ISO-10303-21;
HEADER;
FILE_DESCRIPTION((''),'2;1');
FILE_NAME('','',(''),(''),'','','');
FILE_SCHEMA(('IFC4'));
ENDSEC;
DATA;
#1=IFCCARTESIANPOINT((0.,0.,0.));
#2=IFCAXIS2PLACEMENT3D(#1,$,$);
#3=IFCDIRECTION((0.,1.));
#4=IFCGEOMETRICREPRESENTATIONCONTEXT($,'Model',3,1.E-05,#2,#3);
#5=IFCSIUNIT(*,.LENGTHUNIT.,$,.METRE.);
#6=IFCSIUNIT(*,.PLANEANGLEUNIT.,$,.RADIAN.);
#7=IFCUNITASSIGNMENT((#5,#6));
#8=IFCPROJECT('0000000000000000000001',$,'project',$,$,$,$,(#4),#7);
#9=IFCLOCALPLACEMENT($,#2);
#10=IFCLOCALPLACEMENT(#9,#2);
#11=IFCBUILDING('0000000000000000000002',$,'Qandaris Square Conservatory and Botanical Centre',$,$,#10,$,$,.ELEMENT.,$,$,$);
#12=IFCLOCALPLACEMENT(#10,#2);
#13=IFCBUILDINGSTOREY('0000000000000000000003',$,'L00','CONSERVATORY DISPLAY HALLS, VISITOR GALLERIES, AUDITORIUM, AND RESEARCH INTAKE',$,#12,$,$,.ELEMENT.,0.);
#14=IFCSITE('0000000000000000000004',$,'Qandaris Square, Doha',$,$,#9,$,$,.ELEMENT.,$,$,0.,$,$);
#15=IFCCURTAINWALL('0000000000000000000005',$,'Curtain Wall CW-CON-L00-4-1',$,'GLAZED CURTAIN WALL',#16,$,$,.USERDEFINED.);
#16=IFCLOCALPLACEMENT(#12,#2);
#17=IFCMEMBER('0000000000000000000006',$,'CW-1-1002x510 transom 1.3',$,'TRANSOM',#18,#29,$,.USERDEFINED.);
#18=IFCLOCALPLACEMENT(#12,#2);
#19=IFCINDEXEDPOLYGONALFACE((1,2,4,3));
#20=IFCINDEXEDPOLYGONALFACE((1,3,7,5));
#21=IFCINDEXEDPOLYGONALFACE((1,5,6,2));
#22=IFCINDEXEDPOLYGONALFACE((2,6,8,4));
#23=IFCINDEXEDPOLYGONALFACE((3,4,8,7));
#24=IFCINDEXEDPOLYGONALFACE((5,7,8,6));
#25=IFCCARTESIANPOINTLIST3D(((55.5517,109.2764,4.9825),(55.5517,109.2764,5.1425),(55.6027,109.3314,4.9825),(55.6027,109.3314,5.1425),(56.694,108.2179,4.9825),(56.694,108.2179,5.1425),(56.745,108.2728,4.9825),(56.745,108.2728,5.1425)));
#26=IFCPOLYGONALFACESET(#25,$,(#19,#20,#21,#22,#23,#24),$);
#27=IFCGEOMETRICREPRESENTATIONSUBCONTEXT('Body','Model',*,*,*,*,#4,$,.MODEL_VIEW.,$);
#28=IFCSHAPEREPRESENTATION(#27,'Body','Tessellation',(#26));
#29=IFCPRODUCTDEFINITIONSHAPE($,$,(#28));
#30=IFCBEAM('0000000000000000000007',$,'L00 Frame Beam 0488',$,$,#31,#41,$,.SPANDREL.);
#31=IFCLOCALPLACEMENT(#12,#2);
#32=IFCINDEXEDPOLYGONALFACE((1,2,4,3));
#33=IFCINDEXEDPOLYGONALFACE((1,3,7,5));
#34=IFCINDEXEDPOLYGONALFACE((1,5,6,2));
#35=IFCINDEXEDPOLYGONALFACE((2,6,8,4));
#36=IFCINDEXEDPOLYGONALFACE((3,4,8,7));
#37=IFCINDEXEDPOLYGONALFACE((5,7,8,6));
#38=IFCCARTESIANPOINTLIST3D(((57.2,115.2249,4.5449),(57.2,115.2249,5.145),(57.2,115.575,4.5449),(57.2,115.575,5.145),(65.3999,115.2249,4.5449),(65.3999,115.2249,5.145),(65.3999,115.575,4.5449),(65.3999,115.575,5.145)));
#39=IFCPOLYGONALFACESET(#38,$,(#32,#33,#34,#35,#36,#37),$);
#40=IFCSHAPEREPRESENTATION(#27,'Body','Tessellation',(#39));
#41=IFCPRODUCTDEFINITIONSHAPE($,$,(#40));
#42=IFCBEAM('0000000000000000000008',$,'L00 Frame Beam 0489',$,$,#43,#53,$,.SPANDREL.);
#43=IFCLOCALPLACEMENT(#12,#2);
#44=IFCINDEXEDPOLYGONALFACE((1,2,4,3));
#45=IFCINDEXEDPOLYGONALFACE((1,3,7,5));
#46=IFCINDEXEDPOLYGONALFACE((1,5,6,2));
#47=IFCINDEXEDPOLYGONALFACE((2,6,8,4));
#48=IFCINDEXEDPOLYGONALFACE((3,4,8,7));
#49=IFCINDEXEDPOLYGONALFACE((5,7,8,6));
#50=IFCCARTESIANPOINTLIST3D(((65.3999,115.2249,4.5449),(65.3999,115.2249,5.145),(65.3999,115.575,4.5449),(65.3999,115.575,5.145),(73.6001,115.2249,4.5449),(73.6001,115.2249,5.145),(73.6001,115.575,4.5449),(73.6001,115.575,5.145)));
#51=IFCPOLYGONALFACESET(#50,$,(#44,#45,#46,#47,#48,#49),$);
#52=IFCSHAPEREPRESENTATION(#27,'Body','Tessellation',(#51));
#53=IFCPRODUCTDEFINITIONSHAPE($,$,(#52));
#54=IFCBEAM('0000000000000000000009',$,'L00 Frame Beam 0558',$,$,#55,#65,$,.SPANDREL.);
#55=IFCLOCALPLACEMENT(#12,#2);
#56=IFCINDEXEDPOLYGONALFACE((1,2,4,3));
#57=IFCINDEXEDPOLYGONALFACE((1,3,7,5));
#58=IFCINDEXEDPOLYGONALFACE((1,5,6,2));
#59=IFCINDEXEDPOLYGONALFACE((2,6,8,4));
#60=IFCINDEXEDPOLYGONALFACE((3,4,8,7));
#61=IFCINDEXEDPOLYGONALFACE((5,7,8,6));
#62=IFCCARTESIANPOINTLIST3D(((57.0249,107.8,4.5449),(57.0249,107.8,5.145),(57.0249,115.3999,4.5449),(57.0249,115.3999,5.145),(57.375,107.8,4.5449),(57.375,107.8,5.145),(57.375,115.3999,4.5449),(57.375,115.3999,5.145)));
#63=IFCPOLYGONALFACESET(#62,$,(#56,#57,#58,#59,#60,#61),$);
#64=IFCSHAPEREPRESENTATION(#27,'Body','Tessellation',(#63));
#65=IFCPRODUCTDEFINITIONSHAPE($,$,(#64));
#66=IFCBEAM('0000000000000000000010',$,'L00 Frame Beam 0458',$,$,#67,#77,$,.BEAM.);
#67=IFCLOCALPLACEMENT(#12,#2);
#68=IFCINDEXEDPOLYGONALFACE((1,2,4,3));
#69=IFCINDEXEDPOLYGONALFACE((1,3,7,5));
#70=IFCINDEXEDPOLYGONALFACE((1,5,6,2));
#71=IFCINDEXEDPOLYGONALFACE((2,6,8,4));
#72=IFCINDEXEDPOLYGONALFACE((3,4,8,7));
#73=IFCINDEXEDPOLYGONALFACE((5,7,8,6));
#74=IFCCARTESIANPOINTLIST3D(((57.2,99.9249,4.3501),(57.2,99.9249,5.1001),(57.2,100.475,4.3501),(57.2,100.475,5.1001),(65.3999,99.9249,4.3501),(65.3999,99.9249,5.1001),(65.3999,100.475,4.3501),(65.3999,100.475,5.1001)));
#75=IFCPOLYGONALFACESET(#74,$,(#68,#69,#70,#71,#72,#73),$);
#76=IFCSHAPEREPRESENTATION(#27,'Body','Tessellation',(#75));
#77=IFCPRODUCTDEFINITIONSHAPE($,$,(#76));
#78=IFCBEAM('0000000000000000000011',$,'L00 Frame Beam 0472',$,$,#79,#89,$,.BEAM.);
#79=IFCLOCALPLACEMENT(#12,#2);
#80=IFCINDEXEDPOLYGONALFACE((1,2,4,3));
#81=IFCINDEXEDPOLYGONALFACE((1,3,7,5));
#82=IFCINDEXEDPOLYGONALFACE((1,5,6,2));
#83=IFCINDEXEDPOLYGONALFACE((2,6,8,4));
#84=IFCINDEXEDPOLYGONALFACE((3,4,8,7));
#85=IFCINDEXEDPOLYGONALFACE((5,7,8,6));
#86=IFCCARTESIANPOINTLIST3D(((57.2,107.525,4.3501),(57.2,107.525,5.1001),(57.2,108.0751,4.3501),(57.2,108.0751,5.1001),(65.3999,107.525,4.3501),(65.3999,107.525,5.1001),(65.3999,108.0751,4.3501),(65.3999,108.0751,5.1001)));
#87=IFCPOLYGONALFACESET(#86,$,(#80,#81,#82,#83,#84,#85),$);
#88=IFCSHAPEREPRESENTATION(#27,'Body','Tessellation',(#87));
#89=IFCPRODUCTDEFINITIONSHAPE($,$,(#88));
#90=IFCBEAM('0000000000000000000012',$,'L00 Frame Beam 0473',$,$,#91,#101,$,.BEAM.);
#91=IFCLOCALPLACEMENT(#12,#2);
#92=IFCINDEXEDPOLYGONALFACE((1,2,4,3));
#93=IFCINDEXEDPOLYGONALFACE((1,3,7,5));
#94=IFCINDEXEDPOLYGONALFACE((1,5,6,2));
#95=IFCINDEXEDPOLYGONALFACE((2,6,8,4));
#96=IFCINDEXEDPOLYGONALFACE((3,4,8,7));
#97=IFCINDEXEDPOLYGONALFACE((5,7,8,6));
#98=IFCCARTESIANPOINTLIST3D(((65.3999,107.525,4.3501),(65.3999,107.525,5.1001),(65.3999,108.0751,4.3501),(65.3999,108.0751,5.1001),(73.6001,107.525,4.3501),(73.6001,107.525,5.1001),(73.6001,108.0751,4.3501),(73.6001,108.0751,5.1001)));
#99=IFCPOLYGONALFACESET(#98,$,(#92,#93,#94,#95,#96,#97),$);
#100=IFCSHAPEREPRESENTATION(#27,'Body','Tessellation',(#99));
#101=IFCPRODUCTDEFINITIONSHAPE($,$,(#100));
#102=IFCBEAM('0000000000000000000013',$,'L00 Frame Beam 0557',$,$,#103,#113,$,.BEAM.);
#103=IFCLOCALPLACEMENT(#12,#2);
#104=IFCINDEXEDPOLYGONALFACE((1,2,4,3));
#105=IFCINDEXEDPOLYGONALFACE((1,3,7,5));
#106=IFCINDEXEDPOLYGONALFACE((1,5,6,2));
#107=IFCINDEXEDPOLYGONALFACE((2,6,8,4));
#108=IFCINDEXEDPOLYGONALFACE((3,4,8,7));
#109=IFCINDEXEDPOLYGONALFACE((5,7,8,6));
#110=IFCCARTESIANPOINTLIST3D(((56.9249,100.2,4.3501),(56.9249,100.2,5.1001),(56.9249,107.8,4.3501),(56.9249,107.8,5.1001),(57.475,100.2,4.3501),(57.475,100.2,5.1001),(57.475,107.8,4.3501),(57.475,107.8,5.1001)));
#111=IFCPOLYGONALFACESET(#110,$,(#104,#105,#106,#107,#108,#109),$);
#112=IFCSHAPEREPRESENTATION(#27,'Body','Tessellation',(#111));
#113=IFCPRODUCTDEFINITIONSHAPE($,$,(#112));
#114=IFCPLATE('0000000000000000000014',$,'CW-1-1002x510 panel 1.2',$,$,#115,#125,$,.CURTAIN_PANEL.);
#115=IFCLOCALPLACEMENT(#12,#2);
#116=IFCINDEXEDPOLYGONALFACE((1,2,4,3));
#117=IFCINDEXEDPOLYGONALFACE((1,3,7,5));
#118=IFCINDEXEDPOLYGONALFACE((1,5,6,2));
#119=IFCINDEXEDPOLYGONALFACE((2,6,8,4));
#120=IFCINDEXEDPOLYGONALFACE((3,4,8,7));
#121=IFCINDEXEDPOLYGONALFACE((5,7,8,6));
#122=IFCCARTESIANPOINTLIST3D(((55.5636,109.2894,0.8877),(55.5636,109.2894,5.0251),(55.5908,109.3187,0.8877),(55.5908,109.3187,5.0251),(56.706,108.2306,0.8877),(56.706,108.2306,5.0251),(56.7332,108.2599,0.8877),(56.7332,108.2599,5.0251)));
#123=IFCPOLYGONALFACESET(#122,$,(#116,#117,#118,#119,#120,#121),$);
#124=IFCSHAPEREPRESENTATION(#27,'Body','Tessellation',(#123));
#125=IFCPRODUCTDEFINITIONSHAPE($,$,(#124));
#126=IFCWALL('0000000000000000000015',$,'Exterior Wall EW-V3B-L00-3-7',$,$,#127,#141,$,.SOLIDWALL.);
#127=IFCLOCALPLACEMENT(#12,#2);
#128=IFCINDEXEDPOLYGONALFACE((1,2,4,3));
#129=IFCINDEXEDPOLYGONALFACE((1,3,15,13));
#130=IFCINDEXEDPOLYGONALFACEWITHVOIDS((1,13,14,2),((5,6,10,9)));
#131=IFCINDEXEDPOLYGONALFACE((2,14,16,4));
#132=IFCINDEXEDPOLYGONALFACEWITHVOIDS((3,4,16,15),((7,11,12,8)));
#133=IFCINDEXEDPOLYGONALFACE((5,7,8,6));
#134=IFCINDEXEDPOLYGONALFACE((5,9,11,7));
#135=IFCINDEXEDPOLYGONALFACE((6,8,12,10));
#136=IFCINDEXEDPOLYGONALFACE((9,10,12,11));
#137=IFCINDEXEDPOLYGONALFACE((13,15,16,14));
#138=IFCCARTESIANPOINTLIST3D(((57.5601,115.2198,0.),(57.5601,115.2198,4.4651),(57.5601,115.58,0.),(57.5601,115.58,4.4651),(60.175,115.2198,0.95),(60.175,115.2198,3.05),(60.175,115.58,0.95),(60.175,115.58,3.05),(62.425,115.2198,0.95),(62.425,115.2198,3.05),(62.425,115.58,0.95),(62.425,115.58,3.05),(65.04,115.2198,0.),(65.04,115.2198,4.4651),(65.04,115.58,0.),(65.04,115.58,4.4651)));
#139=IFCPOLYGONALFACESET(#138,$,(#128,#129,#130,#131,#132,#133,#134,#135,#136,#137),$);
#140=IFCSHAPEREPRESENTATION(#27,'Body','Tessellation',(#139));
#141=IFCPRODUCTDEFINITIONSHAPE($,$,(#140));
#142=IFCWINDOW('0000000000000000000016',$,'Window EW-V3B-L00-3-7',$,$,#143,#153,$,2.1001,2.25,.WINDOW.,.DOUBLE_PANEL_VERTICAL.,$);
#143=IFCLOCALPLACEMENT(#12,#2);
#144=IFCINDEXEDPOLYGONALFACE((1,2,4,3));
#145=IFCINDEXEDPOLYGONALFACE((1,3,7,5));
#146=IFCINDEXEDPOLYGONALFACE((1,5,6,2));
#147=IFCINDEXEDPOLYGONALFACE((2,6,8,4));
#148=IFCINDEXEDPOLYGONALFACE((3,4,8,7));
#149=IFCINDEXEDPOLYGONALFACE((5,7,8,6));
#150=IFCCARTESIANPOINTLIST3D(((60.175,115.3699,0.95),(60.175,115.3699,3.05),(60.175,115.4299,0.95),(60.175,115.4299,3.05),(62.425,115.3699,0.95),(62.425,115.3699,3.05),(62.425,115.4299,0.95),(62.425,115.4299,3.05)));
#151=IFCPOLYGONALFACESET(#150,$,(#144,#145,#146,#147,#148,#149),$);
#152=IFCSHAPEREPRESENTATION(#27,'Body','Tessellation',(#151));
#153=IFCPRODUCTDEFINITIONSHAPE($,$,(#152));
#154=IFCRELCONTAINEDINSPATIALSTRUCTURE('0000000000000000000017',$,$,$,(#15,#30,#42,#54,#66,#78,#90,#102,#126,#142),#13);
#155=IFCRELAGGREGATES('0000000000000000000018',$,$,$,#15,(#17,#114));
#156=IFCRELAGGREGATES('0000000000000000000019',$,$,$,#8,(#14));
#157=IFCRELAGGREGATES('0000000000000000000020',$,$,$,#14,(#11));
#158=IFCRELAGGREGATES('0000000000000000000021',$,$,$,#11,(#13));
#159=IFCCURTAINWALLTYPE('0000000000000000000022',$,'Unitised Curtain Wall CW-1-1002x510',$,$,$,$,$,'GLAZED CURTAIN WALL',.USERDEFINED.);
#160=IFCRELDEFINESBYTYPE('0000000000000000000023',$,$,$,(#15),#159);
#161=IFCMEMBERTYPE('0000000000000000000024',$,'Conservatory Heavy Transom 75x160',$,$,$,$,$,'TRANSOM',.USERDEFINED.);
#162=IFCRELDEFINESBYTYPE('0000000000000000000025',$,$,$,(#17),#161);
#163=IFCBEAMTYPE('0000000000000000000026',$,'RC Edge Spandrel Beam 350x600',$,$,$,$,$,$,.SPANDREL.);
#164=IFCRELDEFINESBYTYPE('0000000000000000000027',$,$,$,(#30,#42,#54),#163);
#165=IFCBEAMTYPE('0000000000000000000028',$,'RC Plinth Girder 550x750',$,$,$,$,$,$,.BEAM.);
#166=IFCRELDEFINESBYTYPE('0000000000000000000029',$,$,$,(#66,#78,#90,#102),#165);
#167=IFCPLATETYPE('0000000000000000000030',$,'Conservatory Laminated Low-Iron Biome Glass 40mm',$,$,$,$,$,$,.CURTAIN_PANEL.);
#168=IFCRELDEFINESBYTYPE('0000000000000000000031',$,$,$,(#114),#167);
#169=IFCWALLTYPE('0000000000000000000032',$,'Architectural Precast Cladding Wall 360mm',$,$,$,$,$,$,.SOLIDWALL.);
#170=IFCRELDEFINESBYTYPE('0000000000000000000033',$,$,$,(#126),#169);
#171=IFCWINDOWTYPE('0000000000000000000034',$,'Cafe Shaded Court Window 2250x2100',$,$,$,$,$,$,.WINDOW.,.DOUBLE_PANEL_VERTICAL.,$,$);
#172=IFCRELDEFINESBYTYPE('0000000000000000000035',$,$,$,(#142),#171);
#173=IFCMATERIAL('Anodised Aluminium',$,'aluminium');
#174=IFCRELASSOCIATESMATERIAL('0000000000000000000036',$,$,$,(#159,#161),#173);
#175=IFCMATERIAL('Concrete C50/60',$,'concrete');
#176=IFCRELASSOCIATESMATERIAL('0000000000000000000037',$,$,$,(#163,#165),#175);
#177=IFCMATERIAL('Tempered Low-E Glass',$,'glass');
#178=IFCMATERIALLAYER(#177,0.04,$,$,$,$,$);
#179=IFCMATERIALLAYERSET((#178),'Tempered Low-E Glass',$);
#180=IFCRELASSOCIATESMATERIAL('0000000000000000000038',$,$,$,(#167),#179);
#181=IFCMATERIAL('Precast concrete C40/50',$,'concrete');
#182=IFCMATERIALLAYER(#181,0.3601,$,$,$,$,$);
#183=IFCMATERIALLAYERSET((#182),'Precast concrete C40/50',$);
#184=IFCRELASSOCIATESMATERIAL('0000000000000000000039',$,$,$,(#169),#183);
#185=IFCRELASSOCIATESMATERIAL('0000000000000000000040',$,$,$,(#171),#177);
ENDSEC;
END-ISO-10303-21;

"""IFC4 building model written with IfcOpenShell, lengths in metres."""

from ifc_helpers import new_model, si_unit, direction, frame, frame_2d, origin, origin_2d, place, context, subcontext, project, spatial, rectangle, extrude, material, layer, layer_set, material_profile, profile_set, type_object, element, fill, aggregate, save


model = new_model("IFC4")

# Units and contexts
model_context = context("Model", 3, precision=1e-05, world=origin(), true_north=direction((0.0, 1.0)))
body_context = subcontext(model_context, "Body", "Model", "MODEL_VIEW")
ifc_project = project(units=[si_unit("LENGTHUNIT", "METRE"), si_unit("PLANEANGLEUNIT", "RADIAN")], contexts=[model_context])

# Site, building, storey
site_placement = place(None, origin())
site = spatial("IfcSite", under=ifc_project, at=site_placement, Name="Qandaris Square, Doha", CompositionType="ELEMENT", RefElevation=0.0)
building_placement = place(site_placement, origin())
building = spatial("IfcBuilding", under=site, at=building_placement, Name="Qandaris Square Conservatory and Botanical Centre", CompositionType="ELEMENT")
storey_placement = place(building_placement, origin())
storey = spatial("IfcBuildingStorey", under=building, at=storey_placement, Name="L00", Description="CONSERVATORY DISPLAY HALLS, VISITOR GALLERIES, AUDITORIUM, AND RESEARCH INTAKE", CompositionType="ELEMENT", Elevation=0.0)

# Shared definitions
ifc_material_1 = material(Name="Concrete C50/60", Category="concrete")

# Curtain wall, member
ifc_material_2 = material(Name="Anodised Aluminium", Category="aluminium")
curtain_wall_type = type_object("IfcCurtainWallType", Name="Unitised Curtain Wall CW-1-1002x510", ElementType="GLAZED CURTAIN WALL", PredefinedType="USERDEFINED", material=ifc_material_2)
curtain_wall_placement = place(storey_placement, origin())
curtain_wall = element("IfcCurtainWall", 1, at=curtain_wall_placement, inside=storey, type_object=curtain_wall_type, Name="Curtain Wall CW-CON-L00-4-1", ObjectType="GLAZED CURTAIN WALL", PredefinedType="USERDEFINED")
ifc_material_profile_1 = material_profile(ifc_material_2, rectangle(XDim=0.075, YDim=0.1599, at=origin_2d()), Name="ALU-TRN 75x160")
ifc_profile_set_1 = profile_set([ifc_material_profile_1], Name="Anodised Aluminium")
member_type_1 = type_object("IfcMemberType", Name="Conservatory Heavy Transom 75x160", ElementType="TRANSOM", PredefinedType="USERDEFINED", material=ifc_profile_set_1)
member_1_placement = place(storey_placement, frame((56.7195, 108.2454, 5.0625), z_axis=(-0.73348, 0.679711, 0.0), x_axis=(-0.679711, -0.73348, 0.0)))
member_1 = element("IfcMember", 2, at=member_1_placement, type_object=member_type_1, Name="CW-1-1002x510 transom 1.3", ObjectType="TRANSOM", PredefinedType="USERDEFINED", context=body_context, shape_type="SweptSolid", body=[
    extrude(rectangle(XDim=0.075, YDim=0.1599, at=origin_2d()), origin(), (0.0, 0.0, 1.0), 1.5574),
])

# Beams
ifc_material_profile_2 = material_profile(ifc_material_1, rectangle(XDim=0.3501, YDim=0.6001, at=origin_2d()), Name="RC-SP 350x600")
ifc_profile_set_2 = profile_set([ifc_material_profile_2], Name="Concrete C50/60")
beam_type_1 = type_object("IfcBeamType", Name="RC Edge Spandrel Beam 350x600", PredefinedType="SPANDREL", material=ifc_profile_set_2)
beam_1_placement = place(storey_placement, frame((57.2, 115.3999, 4.845), z_axis=(1.0, 0.0, 0.0), x_axis=(0.0, 1.0, 0.0)))
element("IfcBeam", 3, at=beam_1_placement, inside=storey, type_object=beam_type_1, Name="L00 Frame Beam 0488", PredefinedType="SPANDREL", context=body_context, shape_type="SweptSolid", body=[
    extrude(rectangle(XDim=0.3501, YDim=0.6001, at=origin_2d()), origin(), (0.0, 0.0, 1.0), 8.2),
])
beam_2_placement = place(storey_placement, frame((65.3999, 115.3999, 4.845), z_axis=(1.0, 0.0, 0.0), x_axis=(0.0, 1.0, 0.0)))
element("IfcBeam", 4, at=beam_2_placement, inside=storey, type_object=beam_type_1, Name="L00 Frame Beam 0489", PredefinedType="SPANDREL", context=body_context, shape_type="SweptSolid", body=[
    extrude(rectangle(XDim=0.3501, YDim=0.6001, at=origin_2d()), origin(), (0.0, 0.0, 1.0), 8.2002),
])
beam_3_placement = place(storey_placement, frame((57.2, 107.8, 4.845), z_axis=(0.0, 1.0, 0.0), x_axis=(-1.0, 0.0, 0.0)))
element("IfcBeam", 5, at=beam_3_placement, inside=storey, type_object=beam_type_1, Name="L00 Frame Beam 0558", PredefinedType="SPANDREL", context=body_context, shape_type="SweptSolid", body=[
    extrude(rectangle(XDim=0.3501, YDim=0.6001, at=origin_2d()), origin(), (0.0, 0.0, 1.0), 7.5999),
])
ifc_material_profile_3 = material_profile(ifc_material_1, rectangle(XDim=0.55, YDim=0.75, at=origin_2d()), Name="RC-BM 550x750")
ifc_profile_set_3 = profile_set([ifc_material_profile_3], Name="Concrete C50/60")
beam_type_2 = type_object("IfcBeamType", Name="RC Plinth Girder 550x750", PredefinedType="BEAM", material=ifc_profile_set_3)
for number, where, z_axis, x_axis, name in (
    (6, (57.2, 100.2, 4.7251), (1.0, 0.0, 0.0), (0.0, 1.0, 0.0), "L00 Frame Beam 0458"),
    (7, (57.2, 107.8, 4.7251), (1.0, 0.0, 0.0), (0.0, 1.0, 0.0), "L00 Frame Beam 0472"),
):
    element("IfcBeam", number, at=place(storey_placement, frame(where, z_axis=z_axis, x_axis=x_axis)), inside=storey, type_object=beam_type_2, Name=name, PredefinedType="BEAM", context=body_context, shape_type="SweptSolid", body=[
        extrude(rectangle(XDim=0.55, YDim=0.75, at=origin_2d()), origin(), (0.0, 0.0, 1.0), 8.2),
    ])
beam_4_placement = place(storey_placement, frame((65.3999, 107.8, 4.7251), z_axis=(1.0, 0.0, 0.0), x_axis=(0.0, 1.0, 0.0)))
element("IfcBeam", 8, at=beam_4_placement, inside=storey, type_object=beam_type_2, Name="L00 Frame Beam 0473", PredefinedType="BEAM", context=body_context, shape_type="SweptSolid", body=[
    extrude(rectangle(XDim=0.55, YDim=0.75, at=origin_2d()), origin(), (0.0, 0.0, 1.0), 8.2002),
])
beam_5_placement = place(storey_placement, frame((57.2, 100.2, 4.7251), z_axis=(0.0, 1.0, 0.0), x_axis=(-1.0, 0.0, 0.0)))
element("IfcBeam", 9, at=beam_5_placement, inside=storey, type_object=beam_type_2, Name="L00 Frame Beam 0557", PredefinedType="BEAM", context=body_context, shape_type="SweptSolid", body=[
    extrude(rectangle(XDim=0.55, YDim=0.75, at=origin_2d()), origin(), (0.0, 0.0, 1.0), 7.6001),
])

# Plate
ifc_material_3 = material(Name="Tempered Low-E Glass", Category="glass")
ifc_layer_1 = layer(ifc_material_3, 0.04)
ifc_layer_set_1 = layer_set([ifc_layer_1], Name="Tempered Low-E Glass")
plate_type = type_object("IfcPlateType", Name="Conservatory Laminated Low-Iron Biome Glass 40mm", PredefinedType="CURTAIN_PANEL", material=ifc_layer_set_1)
plate_placement = place(storey_placement, frame((56.1484, 108.7747, 0.8877), z_axis=(0.0, 0.0, 1.0), x_axis=(-0.733433, 0.679762, 0.0)))
plate = element("IfcPlate", 10, at=plate_placement, type_object=plate_type, Name="CW-1-1002x510 panel 1.2", PredefinedType="CURTAIN_PANEL", context=body_context, shape_type="SweptSolid", body=[
    extrude(rectangle(XDim=1.5576, YDim=0.04, at=origin_2d()), origin(), (0.0, 0.0, 1.0), 4.1375),
])
aggregate(curtain_wall, [member_1, plate])

# Wall, opening, window
ifc_material_4 = material(Name="Precast concrete C40/50", Category="concrete")
ifc_layer_2 = layer(ifc_material_4, 0.3601)
ifc_layer_set_2 = layer_set([ifc_layer_2], Name="Precast concrete C40/50")
wall_type = type_object("IfcWallType", Name="Architectural Precast Cladding Wall 360mm", PredefinedType="SOLIDWALL", material=ifc_layer_set_2)
wall_placement = place(storey_placement, frame((65.04, 115.3999, 0.0), z_axis=(0.0, 0.0, 1.0), x_axis=(-1.0, 0.0, 0.0)))
wall = element("IfcWall", 11, at=wall_placement, inside=storey, type_object=wall_type, Name="Exterior Wall EW-V3B-L00-3-7", PredefinedType="SOLIDWALL", context=body_context, shape_type="SweptSolid", body=[
    extrude(rectangle(XDim=7.48, YDim=0.3601, at=frame_2d((3.74, 0.0))), origin(), (0.0, 0.0, 1.0), 4.4651),
])
opening_placement = place(wall_placement, frame((2.615, 0.0, 0.95)))
opening = element("IfcOpeningElement", 12, at=opening_placement, cuts=wall, PredefinedType="OPENING", context=body_context, shape_type="SweptSolid", body=[
    extrude(rectangle(XDim=2.25, YDim=2.1001, at=frame_2d((1.125, 1.05))), frame((0.0, 0.1919, 0.0), z_axis=(0.0, -1.0, 0.0), x_axis=(1.0, 0.0, 0.0)), (0.0, 0.0, 1.0), 0.384),
])
window_type = type_object("IfcWindowType", Name="Cafe Shaded Court Window 2250x2100", PartitioningType="DOUBLE_PANEL_VERTICAL", PredefinedType="WINDOW", material=ifc_material_3)
window_placement = place(opening_placement, origin())
window = element("IfcWindow", 13, at=window_placement, inside=storey, type_object=window_type, Name="Window EW-V3B-L00-3-7", OverallHeight=2.1001, OverallWidth=2.25, PartitioningType="DOUBLE_PANEL_VERTICAL", PredefinedType="WINDOW", context=body_context, shape_type="SweptSolid", body=[
    extrude(rectangle(XDim=2.25, YDim=2.1001, at=frame_2d((1.125, 1.05))), frame((0.0, 0.03, 0.0), z_axis=(0.0, -1.0, 0.0), x_axis=(1.0, 0.0, 0.0)), (0.0, 0.0, 1.0), 0.0601),
])
fill(opening, window)

save(model, "model.ifc")
